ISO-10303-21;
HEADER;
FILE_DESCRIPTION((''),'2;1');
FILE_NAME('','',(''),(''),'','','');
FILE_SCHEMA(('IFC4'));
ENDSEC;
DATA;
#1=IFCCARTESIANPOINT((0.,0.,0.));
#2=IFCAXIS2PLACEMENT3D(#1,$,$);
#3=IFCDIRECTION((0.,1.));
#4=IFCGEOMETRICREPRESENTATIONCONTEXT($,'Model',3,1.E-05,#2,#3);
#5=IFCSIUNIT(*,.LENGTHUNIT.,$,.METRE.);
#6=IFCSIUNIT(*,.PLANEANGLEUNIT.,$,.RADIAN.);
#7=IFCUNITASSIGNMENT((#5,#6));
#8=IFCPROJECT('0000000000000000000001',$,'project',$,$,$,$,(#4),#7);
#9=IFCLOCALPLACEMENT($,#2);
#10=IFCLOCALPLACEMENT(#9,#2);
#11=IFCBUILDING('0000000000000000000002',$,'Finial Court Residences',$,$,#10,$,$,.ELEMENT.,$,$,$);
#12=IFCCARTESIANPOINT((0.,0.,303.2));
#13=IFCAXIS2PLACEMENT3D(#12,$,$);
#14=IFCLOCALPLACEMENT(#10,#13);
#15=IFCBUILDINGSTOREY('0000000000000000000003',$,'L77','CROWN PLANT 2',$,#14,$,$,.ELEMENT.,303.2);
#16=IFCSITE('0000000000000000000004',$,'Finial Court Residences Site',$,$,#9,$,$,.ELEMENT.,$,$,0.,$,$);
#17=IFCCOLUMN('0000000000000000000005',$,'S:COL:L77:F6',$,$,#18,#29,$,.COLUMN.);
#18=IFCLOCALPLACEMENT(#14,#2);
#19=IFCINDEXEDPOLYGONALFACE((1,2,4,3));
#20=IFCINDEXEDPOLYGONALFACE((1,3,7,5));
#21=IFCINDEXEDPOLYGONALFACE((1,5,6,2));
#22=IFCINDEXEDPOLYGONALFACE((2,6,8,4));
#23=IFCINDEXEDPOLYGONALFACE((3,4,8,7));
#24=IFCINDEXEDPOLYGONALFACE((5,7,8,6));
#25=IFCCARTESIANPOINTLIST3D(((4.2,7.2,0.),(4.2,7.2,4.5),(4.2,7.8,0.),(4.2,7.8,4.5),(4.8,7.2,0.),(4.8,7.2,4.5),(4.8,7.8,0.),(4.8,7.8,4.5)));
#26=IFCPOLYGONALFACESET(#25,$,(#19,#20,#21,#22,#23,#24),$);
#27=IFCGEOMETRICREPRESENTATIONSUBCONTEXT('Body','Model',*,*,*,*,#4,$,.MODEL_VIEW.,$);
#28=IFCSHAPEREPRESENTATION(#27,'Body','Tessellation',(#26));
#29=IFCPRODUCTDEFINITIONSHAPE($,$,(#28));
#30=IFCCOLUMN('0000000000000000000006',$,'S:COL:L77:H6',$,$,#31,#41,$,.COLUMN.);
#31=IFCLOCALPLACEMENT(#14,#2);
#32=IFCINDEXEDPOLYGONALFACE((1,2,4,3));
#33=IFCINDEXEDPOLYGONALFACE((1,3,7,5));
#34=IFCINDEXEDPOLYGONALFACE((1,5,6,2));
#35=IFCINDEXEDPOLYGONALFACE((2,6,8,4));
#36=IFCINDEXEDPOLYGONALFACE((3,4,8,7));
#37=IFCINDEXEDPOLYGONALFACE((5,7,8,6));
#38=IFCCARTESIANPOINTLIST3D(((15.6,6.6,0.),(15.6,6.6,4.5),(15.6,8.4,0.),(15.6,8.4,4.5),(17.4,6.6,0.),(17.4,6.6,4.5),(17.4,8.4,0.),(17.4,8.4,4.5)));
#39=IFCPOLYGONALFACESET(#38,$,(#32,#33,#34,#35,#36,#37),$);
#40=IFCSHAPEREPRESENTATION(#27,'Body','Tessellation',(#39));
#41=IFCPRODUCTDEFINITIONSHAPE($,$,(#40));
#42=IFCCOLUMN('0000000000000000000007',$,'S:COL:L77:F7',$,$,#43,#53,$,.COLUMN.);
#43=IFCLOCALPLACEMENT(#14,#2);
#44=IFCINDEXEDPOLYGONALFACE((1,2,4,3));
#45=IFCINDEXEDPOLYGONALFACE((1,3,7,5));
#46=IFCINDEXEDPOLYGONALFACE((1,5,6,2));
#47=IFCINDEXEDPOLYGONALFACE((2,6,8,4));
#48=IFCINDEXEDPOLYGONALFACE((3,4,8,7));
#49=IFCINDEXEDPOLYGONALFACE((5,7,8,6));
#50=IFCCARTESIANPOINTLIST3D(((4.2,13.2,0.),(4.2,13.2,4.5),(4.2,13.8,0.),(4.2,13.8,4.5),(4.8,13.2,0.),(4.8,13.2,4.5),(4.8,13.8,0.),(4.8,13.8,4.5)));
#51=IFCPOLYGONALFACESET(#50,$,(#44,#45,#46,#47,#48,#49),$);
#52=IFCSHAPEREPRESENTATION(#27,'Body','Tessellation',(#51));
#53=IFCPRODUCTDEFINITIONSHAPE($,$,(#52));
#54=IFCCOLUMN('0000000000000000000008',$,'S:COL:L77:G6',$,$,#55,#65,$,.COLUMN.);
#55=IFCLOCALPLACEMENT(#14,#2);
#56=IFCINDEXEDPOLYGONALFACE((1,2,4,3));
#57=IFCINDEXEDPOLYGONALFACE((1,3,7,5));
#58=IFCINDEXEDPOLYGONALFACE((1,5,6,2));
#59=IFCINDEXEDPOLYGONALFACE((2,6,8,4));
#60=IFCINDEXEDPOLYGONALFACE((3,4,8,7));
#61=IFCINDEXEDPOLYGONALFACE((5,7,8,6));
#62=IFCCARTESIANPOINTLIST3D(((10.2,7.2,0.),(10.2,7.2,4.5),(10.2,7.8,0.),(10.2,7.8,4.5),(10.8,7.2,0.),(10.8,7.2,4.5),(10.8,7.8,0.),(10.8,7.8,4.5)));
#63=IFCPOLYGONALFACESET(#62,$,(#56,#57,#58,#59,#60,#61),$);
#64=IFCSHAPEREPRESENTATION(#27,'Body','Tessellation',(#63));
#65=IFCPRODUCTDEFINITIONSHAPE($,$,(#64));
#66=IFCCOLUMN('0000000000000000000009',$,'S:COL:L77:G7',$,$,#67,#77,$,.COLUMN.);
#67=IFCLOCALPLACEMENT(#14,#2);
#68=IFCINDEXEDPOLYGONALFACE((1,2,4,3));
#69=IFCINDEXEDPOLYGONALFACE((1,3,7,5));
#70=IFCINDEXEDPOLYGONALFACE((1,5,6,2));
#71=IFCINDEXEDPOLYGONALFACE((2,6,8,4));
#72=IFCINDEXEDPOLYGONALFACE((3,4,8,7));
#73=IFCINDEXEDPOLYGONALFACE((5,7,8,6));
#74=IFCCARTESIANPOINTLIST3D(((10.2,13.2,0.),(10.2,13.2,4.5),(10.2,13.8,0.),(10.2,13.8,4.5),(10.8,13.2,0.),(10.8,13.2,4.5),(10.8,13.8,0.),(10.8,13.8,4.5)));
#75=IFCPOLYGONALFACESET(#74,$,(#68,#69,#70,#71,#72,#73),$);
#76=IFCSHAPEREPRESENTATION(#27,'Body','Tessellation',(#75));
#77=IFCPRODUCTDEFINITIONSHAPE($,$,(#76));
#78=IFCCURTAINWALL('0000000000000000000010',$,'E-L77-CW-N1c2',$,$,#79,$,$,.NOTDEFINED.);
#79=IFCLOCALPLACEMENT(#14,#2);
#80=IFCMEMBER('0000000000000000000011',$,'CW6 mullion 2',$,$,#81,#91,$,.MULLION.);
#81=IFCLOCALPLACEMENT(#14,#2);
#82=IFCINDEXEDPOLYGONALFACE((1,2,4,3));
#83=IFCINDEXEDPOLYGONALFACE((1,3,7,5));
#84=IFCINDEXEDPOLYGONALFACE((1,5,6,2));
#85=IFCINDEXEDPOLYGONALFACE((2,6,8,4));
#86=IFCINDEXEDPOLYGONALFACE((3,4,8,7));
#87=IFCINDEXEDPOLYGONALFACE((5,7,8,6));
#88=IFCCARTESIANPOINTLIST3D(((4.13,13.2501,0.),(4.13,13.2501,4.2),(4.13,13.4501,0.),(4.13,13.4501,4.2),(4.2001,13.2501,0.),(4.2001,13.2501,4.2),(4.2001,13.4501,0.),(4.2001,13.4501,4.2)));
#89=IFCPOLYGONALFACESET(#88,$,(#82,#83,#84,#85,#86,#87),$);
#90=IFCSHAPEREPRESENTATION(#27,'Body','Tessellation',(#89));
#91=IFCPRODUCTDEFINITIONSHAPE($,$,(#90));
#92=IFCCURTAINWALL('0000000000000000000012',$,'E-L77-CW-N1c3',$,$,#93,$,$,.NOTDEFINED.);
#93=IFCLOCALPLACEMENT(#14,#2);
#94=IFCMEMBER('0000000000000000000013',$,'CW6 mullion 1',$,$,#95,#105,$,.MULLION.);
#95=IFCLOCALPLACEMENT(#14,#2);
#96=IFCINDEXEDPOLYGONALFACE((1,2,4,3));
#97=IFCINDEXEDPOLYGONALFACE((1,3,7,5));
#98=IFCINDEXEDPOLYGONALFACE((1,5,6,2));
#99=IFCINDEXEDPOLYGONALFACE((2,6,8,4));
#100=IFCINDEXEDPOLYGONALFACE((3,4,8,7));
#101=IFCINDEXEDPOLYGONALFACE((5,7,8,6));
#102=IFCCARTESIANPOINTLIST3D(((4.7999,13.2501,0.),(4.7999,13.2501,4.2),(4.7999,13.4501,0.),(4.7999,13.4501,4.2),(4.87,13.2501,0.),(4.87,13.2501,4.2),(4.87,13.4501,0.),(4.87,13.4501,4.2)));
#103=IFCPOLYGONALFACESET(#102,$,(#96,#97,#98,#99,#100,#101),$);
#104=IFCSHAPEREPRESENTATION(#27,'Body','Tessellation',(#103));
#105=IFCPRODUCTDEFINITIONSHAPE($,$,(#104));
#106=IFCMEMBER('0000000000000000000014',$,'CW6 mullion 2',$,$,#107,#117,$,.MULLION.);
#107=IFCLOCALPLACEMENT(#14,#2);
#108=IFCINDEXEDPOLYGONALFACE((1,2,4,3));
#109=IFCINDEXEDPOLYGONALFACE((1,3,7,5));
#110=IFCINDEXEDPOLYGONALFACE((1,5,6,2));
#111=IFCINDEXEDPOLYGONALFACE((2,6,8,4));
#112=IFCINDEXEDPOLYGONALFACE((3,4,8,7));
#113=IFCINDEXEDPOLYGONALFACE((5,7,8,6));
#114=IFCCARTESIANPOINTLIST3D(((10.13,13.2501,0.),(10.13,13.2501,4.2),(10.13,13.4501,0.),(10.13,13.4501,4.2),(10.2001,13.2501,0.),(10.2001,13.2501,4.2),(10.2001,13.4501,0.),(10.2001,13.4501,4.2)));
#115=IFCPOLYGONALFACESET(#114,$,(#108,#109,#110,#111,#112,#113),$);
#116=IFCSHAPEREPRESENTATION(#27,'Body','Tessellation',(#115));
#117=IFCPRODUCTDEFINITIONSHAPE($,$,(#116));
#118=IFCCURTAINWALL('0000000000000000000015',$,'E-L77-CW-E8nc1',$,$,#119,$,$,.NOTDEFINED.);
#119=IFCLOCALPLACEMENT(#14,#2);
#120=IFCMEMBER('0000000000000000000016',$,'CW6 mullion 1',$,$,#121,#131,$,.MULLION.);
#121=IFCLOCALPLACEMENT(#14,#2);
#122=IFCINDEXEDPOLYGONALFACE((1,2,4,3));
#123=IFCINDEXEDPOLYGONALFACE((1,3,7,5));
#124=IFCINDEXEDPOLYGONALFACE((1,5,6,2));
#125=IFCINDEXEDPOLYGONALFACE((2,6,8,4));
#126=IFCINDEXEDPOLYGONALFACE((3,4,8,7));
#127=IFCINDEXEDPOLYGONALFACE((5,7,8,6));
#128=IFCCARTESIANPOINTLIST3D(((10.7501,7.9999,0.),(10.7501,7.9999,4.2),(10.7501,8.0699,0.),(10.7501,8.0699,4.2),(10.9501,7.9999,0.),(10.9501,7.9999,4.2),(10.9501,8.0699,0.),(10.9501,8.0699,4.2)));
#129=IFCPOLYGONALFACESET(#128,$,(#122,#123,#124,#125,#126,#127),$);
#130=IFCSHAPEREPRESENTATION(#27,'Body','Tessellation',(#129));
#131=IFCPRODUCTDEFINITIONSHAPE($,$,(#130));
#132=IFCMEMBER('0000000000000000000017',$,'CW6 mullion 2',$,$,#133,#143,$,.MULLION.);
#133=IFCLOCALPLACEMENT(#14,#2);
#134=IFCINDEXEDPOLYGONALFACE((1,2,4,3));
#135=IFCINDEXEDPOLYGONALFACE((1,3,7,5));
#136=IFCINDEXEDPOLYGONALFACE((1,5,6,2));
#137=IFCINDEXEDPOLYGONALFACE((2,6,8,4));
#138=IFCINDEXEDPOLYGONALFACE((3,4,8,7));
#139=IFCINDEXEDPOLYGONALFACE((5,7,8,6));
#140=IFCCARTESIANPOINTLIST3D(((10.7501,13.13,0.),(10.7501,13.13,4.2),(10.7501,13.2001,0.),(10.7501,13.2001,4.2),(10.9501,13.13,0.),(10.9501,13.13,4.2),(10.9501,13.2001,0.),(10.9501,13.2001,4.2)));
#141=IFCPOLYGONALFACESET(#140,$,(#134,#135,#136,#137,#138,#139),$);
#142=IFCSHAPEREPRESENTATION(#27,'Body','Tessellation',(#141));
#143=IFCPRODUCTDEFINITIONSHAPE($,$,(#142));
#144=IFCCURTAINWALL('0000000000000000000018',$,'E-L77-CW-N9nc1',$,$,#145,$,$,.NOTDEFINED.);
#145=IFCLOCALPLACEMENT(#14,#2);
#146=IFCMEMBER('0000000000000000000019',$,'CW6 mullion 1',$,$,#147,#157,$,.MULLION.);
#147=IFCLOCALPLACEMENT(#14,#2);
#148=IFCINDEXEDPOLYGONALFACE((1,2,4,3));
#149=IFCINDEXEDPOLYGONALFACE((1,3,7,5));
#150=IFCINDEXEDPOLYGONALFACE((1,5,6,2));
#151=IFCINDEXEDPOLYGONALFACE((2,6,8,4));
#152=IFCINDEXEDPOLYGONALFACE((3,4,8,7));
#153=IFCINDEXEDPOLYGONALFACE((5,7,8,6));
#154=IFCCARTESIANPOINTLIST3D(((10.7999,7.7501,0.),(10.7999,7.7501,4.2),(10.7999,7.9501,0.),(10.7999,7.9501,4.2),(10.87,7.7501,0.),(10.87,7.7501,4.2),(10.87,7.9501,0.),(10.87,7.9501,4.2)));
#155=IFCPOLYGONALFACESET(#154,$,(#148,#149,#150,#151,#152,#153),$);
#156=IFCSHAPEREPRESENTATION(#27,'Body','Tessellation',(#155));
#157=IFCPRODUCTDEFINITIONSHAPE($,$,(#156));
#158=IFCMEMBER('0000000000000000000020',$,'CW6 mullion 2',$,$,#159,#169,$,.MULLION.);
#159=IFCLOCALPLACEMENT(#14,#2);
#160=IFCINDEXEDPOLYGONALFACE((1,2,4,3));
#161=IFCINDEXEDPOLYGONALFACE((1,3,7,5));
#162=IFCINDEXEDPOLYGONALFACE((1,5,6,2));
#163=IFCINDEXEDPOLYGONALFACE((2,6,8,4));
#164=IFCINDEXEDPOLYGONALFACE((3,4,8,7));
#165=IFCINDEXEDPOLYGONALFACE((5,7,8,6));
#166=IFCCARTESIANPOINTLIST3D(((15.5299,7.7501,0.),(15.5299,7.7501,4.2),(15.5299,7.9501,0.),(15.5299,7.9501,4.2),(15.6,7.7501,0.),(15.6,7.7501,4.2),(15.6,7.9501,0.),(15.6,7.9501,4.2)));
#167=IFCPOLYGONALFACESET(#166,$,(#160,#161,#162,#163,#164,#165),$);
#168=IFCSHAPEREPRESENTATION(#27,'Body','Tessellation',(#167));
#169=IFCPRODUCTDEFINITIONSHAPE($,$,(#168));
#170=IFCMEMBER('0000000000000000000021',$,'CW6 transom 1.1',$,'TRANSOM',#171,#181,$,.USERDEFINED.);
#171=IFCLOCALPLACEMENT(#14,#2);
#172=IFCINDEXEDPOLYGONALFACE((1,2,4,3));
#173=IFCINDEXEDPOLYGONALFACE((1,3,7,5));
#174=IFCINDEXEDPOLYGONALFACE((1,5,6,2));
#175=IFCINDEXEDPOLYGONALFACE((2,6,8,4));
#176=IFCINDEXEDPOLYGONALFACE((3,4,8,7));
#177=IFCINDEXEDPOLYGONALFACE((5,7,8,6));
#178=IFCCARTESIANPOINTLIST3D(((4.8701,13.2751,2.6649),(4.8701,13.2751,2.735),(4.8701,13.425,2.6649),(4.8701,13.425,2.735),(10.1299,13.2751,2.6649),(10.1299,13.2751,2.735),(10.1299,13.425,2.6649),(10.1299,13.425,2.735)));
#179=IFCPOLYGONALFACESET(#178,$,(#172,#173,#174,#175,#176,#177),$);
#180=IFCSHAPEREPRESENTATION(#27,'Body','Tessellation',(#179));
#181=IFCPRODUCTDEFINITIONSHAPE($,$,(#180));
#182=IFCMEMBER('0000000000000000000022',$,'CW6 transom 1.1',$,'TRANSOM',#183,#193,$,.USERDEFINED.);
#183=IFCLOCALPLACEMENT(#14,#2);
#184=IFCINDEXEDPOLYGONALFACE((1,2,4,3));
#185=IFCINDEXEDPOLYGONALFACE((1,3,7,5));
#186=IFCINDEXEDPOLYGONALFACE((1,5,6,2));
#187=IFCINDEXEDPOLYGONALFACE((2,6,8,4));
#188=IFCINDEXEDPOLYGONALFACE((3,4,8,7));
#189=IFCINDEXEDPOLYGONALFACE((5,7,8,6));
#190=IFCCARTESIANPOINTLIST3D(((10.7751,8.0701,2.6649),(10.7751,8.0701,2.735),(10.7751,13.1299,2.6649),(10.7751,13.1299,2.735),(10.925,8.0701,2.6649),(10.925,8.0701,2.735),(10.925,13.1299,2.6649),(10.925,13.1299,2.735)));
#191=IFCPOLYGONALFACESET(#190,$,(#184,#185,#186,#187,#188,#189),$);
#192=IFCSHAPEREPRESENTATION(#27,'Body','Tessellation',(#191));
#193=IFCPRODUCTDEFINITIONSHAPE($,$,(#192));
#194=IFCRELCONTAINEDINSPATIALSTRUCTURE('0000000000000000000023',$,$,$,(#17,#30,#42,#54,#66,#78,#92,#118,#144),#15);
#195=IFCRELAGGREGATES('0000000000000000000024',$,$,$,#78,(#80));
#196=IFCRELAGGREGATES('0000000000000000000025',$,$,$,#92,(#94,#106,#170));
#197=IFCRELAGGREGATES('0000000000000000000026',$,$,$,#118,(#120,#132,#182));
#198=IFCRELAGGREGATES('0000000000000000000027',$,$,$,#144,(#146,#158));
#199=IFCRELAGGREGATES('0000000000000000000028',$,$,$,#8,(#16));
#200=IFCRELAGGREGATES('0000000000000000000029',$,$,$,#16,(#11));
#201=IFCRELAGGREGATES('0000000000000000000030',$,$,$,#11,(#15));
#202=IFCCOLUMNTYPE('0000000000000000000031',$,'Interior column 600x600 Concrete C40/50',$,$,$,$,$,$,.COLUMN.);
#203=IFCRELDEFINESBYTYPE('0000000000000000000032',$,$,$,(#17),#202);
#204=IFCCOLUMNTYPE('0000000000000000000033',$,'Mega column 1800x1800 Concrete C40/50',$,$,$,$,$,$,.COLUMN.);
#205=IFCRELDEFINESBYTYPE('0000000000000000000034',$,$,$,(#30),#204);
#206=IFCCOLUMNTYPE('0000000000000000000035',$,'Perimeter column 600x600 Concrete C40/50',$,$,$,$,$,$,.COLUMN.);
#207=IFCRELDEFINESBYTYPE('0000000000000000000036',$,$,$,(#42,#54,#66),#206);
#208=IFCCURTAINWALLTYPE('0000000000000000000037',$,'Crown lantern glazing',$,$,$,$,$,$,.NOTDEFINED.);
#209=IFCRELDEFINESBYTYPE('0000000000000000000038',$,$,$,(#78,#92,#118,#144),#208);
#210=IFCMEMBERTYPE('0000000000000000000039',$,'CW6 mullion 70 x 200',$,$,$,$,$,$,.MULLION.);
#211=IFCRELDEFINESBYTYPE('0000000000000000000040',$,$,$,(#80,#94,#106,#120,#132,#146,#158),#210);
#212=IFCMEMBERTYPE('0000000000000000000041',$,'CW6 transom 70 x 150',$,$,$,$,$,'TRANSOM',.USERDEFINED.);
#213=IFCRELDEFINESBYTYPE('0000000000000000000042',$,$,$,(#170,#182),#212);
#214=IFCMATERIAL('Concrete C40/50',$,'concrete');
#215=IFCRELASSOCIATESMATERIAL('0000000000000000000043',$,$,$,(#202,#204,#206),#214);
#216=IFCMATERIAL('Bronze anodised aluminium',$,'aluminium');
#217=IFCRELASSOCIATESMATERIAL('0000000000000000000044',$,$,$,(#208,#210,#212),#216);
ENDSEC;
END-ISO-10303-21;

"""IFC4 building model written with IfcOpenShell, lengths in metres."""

from ifc_helpers import new_model, si_unit, direction, frame, origin, origin_2d, place, context, subcontext, project, spatial, rectangle, extrude, material, material_profile, profile_set, type_object, element, aggregate, save


model = new_model("IFC4")

# Units and contexts
model_context = context("Model", 3, precision=1e-05, world=origin(), true_north=direction((0.0, 1.0)))
body_context = subcontext(model_context, "Body", "Model", "MODEL_VIEW")
ifc_project = project(units=[si_unit("LENGTHUNIT", "METRE"), si_unit("PLANEANGLEUNIT", "RADIAN")], contexts=[model_context])

# Site, building, storey
site_placement = place(None, origin())
site = spatial("IfcSite", under=ifc_project, at=site_placement, Name="Finial Court Residences Site", CompositionType="ELEMENT", RefElevation=0.0)
building_placement = place(site_placement, origin())
building = spatial("IfcBuilding", under=site, at=building_placement, Name="Finial Court Residences", CompositionType="ELEMENT")
storey_placement = place(building_placement, frame((0.0, 0.0, 303.2)))
storey = spatial("IfcBuildingStorey", under=building, at=storey_placement, Name="L77", Description="CROWN PLANT 2", CompositionType="ELEMENT", Elevation=303.2)

# Columns
ifc_material_1 = material(Name="Concrete C40/50", Category="concrete")
ifc_material_profile_1 = material_profile(ifc_material_1, rectangle(XDim=0.6001, YDim=0.6001, at=origin_2d()), Name="600x600")
ifc_profile_set_1 = profile_set([ifc_material_profile_1], Name="Concrete C40/50")
column_type_1 = type_object("IfcColumnType", Name="Interior column 600x600 Concrete C40/50", PredefinedType="COLUMN", material=ifc_profile_set_1)
column_1_placement = place(storey_placement, frame((4.5, 7.5, 0.0), z_axis=(0.0, 0.0, 1.0), x_axis=(1.0, 0.0, 0.0)))
element("IfcColumn", 1, at=column_1_placement, inside=storey, type_object=column_type_1, Name="S:COL:L77:F6", PredefinedType="COLUMN", context=body_context, shape_type="SweptSolid", body=[
    extrude(rectangle(XDim=0.6001, YDim=0.6001, at=origin_2d()), origin(), (0.0, 0.0, 1.0), 4.5),
])
ifc_material_profile_2 = material_profile(ifc_material_1, rectangle(XDim=1.8, YDim=1.8, at=origin_2d()), Name="1800x1800")
ifc_profile_set_2 = profile_set([ifc_material_profile_2], Name="Concrete C40/50")
column_type_2 = type_object("IfcColumnType", Name="Mega column 1800x1800 Concrete C40/50", PredefinedType="COLUMN", material=ifc_profile_set_2)
column_2_placement = place(storey_placement, frame((16.5, 7.5, 0.0), z_axis=(0.0, 0.0, 1.0), x_axis=(1.0, 0.0, 0.0)))
element("IfcColumn", 2, at=column_2_placement, inside=storey, type_object=column_type_2, Name="S:COL:L77:H6", PredefinedType="COLUMN", context=body_context, shape_type="SweptSolid", body=[
    extrude(rectangle(XDim=1.8, YDim=1.8, at=origin_2d()), origin(), (0.0, 0.0, 1.0), 4.5),
])
ifc_material_profile_3 = material_profile(ifc_material_1, rectangle(XDim=0.6001, YDim=0.6001, at=origin_2d()), Name="600x600")
ifc_profile_set_3 = profile_set([ifc_material_profile_3], Name="Concrete C40/50")
column_type_3 = type_object("IfcColumnType", Name="Perimeter column 600x600 Concrete C40/50", PredefinedType="COLUMN", material=ifc_profile_set_3)
for number, where, z_axis, x_axis, name in (
    (3, (4.5, 13.5, 0.0), (0.0, 0.0, 1.0), (1.0, 0.0, 0.0), "S:COL:L77:F7"),
    (4, (10.5, 7.5, 0.0), (0.0, 0.0, 1.0), (1.0, 0.0, 0.0), "S:COL:L77:G6"),
    (5, (10.5, 13.5, 0.0), (0.0, 0.0, 1.0), (1.0, 0.0, 0.0), "S:COL:L77:G7"),
):
    element("IfcColumn", number, at=place(storey_placement, frame(where, z_axis=z_axis, x_axis=x_axis)), inside=storey, type_object=column_type_3, Name=name, PredefinedType="COLUMN", context=body_context, shape_type="SweptSolid", body=[
        extrude(rectangle(XDim=0.6001, YDim=0.6001, at=origin_2d()), origin(), (0.0, 0.0, 1.0), 4.5),
    ])

# Curtain wall, member
ifc_material_2 = material(Name="Bronze anodised aluminium", Category="aluminium")
curtain_wall_type = type_object("IfcCurtainWallType", Name="Crown lantern glazing", PredefinedType="NOTDEFINED", material=ifc_material_2)
curtain_wall_1_placement = place(storey_placement, origin())
curtain_wall_1 = element("IfcCurtainWall", 6, at=curtain_wall_1_placement, inside=storey, type_object=curtain_wall_type, Name="E-L77-CW-N1c2", PredefinedType="NOTDEFINED")
ifc_material_profile_4 = material_profile(ifc_material_2, rectangle(XDim=0.2, YDim=0.0701, at=origin_2d()), Name="CW6 mullion 70 x 200")
ifc_profile_set_4 = profile_set([ifc_material_profile_4], Name="Bronze anodised aluminium")
member_type_1 = type_object("IfcMemberType", Name="CW6 mullion 70 x 200", PredefinedType="MULLION", material=ifc_profile_set_4)
member_1_placement = place(storey_placement, frame((4.165, 13.3501, 0.0), z_axis=(0.0, 0.0, 1.0), x_axis=(0.0, 1.0, 0.0)))
member_1 = element("IfcMember", 7, at=member_1_placement, type_object=member_type_1, Name="CW6 mullion 2", PredefinedType="MULLION", context=body_context, shape_type="SweptSolid", body=[
    extrude(rectangle(XDim=0.2, YDim=0.0701, at=origin_2d()), origin(), (0.0, 0.0, 1.0), 4.2),
])

# Curtain walls, members
curtain_wall_2_placement = place(storey_placement, origin())
curtain_wall_2 = element("IfcCurtainWall", 8, at=curtain_wall_2_placement, inside=storey, type_object=curtain_wall_type, Name="E-L77-CW-N1c3", PredefinedType="NOTDEFINED")
member_2_placement = place(storey_placement, frame((4.835, 13.3501, 0.0), z_axis=(0.0, 0.0, 1.0), x_axis=(0.0, 1.0, 0.0)))
member_2 = element("IfcMember", 9, at=member_2_placement, type_object=member_type_1, Name="CW6 mullion 1", PredefinedType="MULLION", context=body_context, shape_type="SweptSolid", body=[
    extrude(rectangle(XDim=0.2, YDim=0.0701, at=origin_2d()), origin(), (0.0, 0.0, 1.0), 4.2),
])
member_3_placement = place(storey_placement, frame((10.165, 13.3501, 0.0), z_axis=(0.0, 0.0, 1.0), x_axis=(0.0, 1.0, 0.0)))
member_3 = element("IfcMember", 10, at=member_3_placement, type_object=member_type_1, Name="CW6 mullion 2", PredefinedType="MULLION", context=body_context, shape_type="SweptSolid", body=[
    extrude(rectangle(XDim=0.2, YDim=0.0701, at=origin_2d()), origin(), (0.0, 0.0, 1.0), 4.2),
])
curtain_wall_3_placement = place(storey_placement, origin())
curtain_wall_3 = element("IfcCurtainWall", 11, at=curtain_wall_3_placement, inside=storey, type_object=curtain_wall_type, Name="E-L77-CW-E8nc1", PredefinedType="NOTDEFINED")
member_4_placement = place(storey_placement, frame((10.8501, 8.0349, 0.0), z_axis=(0.0, 0.0, 1.0), x_axis=(-1.0, 0.0, 0.0)))
member_4 = element("IfcMember", 12, at=member_4_placement, type_object=member_type_1, Name="CW6 mullion 1", PredefinedType="MULLION", context=body_context, shape_type="SweptSolid", body=[
    extrude(rectangle(XDim=0.2, YDim=0.0701, at=origin_2d()), origin(), (0.0, 0.0, 1.0), 4.2),
])
member_5_placement = place(storey_placement, frame((10.8501, 13.165, 0.0), z_axis=(0.0, 0.0, 1.0), x_axis=(-1.0, 0.0, 0.0)))
member_5 = element("IfcMember", 13, at=member_5_placement, type_object=member_type_1, Name="CW6 mullion 2", PredefinedType="MULLION", context=body_context, shape_type="SweptSolid", body=[
    extrude(rectangle(XDim=0.2, YDim=0.0701, at=origin_2d()), origin(), (0.0, 0.0, 1.0), 4.2),
])
curtain_wall_4_placement = place(storey_placement, origin())
curtain_wall_4 = element("IfcCurtainWall", 14, at=curtain_wall_4_placement, inside=storey, type_object=curtain_wall_type, Name="E-L77-CW-N9nc1", PredefinedType="NOTDEFINED")
member_6_placement = place(storey_placement, frame((10.835, 7.8501, 0.0), z_axis=(0.0, 0.0, 1.0), x_axis=(0.0, 1.0, 0.0)))
member_6 = element("IfcMember", 15, at=member_6_placement, type_object=member_type_1, Name="CW6 mullion 1", PredefinedType="MULLION", context=body_context, shape_type="SweptSolid", body=[
    extrude(rectangle(XDim=0.2, YDim=0.0701, at=origin_2d()), origin(), (0.0, 0.0, 1.0), 4.2),
])
member_7_placement = place(storey_placement, frame((15.5649, 7.8501, 0.0), z_axis=(0.0, 0.0, 1.0), x_axis=(0.0, 1.0, 0.0)))
member_7 = element("IfcMember", 16, at=member_7_placement, type_object=member_type_1, Name="CW6 mullion 2", PredefinedType="MULLION", context=body_context, shape_type="SweptSolid", body=[
    extrude(rectangle(XDim=0.2, YDim=0.0701, at=origin_2d()), origin(), (0.0, 0.0, 1.0), 4.2),
])

# Members
ifc_material_profile_5 = material_profile(ifc_material_2, rectangle(XDim=0.1499, YDim=0.0701, at=origin_2d()), Name="CW6 transom 70 x 150")
ifc_profile_set_5 = profile_set([ifc_material_profile_5], Name="Bronze anodised aluminium")
member_type_2 = type_object("IfcMemberType", Name="CW6 transom 70 x 150", ElementType="TRANSOM", PredefinedType="USERDEFINED", material=ifc_profile_set_5)
member_8_placement = place(storey_placement, frame((4.8701, 13.3501, 2.7), z_axis=(1.0, 0.0, 0.0), x_axis=(0.0, 1.0, 0.0)))
member_8 = element("IfcMember", 17, at=member_8_placement, type_object=member_type_2, Name="CW6 transom 1.1", ObjectType="TRANSOM", PredefinedType="USERDEFINED", context=body_context, shape_type="SweptSolid", body=[
    extrude(rectangle(XDim=0.1499, YDim=0.0701, at=origin_2d()), origin(), (0.0, 0.0, 1.0), 5.2598),
])
member_9_placement = place(storey_placement, frame((10.8501, 8.0701, 2.7), z_axis=(0.0, 1.0, 0.0), x_axis=(-1.0, 0.0, 0.0)))
member_9 = element("IfcMember", 18, at=member_9_placement, type_object=member_type_2, Name="CW6 transom 1.1", ObjectType="TRANSOM", PredefinedType="USERDEFINED", context=body_context, shape_type="SweptSolid", body=[
    extrude(rectangle(XDim=0.1499, YDim=0.0701, at=origin_2d()), origin(), (0.0, 0.0, 1.0), 5.0598),
])

aggregate(curtain_wall_1, [member_1])
aggregate(curtain_wall_2, [member_2, member_3, member_8])
aggregate(curtain_wall_3, [member_4, member_5, member_9])
aggregate(curtain_wall_4, [member_6, member_7])

save(model, "model.ifc")
